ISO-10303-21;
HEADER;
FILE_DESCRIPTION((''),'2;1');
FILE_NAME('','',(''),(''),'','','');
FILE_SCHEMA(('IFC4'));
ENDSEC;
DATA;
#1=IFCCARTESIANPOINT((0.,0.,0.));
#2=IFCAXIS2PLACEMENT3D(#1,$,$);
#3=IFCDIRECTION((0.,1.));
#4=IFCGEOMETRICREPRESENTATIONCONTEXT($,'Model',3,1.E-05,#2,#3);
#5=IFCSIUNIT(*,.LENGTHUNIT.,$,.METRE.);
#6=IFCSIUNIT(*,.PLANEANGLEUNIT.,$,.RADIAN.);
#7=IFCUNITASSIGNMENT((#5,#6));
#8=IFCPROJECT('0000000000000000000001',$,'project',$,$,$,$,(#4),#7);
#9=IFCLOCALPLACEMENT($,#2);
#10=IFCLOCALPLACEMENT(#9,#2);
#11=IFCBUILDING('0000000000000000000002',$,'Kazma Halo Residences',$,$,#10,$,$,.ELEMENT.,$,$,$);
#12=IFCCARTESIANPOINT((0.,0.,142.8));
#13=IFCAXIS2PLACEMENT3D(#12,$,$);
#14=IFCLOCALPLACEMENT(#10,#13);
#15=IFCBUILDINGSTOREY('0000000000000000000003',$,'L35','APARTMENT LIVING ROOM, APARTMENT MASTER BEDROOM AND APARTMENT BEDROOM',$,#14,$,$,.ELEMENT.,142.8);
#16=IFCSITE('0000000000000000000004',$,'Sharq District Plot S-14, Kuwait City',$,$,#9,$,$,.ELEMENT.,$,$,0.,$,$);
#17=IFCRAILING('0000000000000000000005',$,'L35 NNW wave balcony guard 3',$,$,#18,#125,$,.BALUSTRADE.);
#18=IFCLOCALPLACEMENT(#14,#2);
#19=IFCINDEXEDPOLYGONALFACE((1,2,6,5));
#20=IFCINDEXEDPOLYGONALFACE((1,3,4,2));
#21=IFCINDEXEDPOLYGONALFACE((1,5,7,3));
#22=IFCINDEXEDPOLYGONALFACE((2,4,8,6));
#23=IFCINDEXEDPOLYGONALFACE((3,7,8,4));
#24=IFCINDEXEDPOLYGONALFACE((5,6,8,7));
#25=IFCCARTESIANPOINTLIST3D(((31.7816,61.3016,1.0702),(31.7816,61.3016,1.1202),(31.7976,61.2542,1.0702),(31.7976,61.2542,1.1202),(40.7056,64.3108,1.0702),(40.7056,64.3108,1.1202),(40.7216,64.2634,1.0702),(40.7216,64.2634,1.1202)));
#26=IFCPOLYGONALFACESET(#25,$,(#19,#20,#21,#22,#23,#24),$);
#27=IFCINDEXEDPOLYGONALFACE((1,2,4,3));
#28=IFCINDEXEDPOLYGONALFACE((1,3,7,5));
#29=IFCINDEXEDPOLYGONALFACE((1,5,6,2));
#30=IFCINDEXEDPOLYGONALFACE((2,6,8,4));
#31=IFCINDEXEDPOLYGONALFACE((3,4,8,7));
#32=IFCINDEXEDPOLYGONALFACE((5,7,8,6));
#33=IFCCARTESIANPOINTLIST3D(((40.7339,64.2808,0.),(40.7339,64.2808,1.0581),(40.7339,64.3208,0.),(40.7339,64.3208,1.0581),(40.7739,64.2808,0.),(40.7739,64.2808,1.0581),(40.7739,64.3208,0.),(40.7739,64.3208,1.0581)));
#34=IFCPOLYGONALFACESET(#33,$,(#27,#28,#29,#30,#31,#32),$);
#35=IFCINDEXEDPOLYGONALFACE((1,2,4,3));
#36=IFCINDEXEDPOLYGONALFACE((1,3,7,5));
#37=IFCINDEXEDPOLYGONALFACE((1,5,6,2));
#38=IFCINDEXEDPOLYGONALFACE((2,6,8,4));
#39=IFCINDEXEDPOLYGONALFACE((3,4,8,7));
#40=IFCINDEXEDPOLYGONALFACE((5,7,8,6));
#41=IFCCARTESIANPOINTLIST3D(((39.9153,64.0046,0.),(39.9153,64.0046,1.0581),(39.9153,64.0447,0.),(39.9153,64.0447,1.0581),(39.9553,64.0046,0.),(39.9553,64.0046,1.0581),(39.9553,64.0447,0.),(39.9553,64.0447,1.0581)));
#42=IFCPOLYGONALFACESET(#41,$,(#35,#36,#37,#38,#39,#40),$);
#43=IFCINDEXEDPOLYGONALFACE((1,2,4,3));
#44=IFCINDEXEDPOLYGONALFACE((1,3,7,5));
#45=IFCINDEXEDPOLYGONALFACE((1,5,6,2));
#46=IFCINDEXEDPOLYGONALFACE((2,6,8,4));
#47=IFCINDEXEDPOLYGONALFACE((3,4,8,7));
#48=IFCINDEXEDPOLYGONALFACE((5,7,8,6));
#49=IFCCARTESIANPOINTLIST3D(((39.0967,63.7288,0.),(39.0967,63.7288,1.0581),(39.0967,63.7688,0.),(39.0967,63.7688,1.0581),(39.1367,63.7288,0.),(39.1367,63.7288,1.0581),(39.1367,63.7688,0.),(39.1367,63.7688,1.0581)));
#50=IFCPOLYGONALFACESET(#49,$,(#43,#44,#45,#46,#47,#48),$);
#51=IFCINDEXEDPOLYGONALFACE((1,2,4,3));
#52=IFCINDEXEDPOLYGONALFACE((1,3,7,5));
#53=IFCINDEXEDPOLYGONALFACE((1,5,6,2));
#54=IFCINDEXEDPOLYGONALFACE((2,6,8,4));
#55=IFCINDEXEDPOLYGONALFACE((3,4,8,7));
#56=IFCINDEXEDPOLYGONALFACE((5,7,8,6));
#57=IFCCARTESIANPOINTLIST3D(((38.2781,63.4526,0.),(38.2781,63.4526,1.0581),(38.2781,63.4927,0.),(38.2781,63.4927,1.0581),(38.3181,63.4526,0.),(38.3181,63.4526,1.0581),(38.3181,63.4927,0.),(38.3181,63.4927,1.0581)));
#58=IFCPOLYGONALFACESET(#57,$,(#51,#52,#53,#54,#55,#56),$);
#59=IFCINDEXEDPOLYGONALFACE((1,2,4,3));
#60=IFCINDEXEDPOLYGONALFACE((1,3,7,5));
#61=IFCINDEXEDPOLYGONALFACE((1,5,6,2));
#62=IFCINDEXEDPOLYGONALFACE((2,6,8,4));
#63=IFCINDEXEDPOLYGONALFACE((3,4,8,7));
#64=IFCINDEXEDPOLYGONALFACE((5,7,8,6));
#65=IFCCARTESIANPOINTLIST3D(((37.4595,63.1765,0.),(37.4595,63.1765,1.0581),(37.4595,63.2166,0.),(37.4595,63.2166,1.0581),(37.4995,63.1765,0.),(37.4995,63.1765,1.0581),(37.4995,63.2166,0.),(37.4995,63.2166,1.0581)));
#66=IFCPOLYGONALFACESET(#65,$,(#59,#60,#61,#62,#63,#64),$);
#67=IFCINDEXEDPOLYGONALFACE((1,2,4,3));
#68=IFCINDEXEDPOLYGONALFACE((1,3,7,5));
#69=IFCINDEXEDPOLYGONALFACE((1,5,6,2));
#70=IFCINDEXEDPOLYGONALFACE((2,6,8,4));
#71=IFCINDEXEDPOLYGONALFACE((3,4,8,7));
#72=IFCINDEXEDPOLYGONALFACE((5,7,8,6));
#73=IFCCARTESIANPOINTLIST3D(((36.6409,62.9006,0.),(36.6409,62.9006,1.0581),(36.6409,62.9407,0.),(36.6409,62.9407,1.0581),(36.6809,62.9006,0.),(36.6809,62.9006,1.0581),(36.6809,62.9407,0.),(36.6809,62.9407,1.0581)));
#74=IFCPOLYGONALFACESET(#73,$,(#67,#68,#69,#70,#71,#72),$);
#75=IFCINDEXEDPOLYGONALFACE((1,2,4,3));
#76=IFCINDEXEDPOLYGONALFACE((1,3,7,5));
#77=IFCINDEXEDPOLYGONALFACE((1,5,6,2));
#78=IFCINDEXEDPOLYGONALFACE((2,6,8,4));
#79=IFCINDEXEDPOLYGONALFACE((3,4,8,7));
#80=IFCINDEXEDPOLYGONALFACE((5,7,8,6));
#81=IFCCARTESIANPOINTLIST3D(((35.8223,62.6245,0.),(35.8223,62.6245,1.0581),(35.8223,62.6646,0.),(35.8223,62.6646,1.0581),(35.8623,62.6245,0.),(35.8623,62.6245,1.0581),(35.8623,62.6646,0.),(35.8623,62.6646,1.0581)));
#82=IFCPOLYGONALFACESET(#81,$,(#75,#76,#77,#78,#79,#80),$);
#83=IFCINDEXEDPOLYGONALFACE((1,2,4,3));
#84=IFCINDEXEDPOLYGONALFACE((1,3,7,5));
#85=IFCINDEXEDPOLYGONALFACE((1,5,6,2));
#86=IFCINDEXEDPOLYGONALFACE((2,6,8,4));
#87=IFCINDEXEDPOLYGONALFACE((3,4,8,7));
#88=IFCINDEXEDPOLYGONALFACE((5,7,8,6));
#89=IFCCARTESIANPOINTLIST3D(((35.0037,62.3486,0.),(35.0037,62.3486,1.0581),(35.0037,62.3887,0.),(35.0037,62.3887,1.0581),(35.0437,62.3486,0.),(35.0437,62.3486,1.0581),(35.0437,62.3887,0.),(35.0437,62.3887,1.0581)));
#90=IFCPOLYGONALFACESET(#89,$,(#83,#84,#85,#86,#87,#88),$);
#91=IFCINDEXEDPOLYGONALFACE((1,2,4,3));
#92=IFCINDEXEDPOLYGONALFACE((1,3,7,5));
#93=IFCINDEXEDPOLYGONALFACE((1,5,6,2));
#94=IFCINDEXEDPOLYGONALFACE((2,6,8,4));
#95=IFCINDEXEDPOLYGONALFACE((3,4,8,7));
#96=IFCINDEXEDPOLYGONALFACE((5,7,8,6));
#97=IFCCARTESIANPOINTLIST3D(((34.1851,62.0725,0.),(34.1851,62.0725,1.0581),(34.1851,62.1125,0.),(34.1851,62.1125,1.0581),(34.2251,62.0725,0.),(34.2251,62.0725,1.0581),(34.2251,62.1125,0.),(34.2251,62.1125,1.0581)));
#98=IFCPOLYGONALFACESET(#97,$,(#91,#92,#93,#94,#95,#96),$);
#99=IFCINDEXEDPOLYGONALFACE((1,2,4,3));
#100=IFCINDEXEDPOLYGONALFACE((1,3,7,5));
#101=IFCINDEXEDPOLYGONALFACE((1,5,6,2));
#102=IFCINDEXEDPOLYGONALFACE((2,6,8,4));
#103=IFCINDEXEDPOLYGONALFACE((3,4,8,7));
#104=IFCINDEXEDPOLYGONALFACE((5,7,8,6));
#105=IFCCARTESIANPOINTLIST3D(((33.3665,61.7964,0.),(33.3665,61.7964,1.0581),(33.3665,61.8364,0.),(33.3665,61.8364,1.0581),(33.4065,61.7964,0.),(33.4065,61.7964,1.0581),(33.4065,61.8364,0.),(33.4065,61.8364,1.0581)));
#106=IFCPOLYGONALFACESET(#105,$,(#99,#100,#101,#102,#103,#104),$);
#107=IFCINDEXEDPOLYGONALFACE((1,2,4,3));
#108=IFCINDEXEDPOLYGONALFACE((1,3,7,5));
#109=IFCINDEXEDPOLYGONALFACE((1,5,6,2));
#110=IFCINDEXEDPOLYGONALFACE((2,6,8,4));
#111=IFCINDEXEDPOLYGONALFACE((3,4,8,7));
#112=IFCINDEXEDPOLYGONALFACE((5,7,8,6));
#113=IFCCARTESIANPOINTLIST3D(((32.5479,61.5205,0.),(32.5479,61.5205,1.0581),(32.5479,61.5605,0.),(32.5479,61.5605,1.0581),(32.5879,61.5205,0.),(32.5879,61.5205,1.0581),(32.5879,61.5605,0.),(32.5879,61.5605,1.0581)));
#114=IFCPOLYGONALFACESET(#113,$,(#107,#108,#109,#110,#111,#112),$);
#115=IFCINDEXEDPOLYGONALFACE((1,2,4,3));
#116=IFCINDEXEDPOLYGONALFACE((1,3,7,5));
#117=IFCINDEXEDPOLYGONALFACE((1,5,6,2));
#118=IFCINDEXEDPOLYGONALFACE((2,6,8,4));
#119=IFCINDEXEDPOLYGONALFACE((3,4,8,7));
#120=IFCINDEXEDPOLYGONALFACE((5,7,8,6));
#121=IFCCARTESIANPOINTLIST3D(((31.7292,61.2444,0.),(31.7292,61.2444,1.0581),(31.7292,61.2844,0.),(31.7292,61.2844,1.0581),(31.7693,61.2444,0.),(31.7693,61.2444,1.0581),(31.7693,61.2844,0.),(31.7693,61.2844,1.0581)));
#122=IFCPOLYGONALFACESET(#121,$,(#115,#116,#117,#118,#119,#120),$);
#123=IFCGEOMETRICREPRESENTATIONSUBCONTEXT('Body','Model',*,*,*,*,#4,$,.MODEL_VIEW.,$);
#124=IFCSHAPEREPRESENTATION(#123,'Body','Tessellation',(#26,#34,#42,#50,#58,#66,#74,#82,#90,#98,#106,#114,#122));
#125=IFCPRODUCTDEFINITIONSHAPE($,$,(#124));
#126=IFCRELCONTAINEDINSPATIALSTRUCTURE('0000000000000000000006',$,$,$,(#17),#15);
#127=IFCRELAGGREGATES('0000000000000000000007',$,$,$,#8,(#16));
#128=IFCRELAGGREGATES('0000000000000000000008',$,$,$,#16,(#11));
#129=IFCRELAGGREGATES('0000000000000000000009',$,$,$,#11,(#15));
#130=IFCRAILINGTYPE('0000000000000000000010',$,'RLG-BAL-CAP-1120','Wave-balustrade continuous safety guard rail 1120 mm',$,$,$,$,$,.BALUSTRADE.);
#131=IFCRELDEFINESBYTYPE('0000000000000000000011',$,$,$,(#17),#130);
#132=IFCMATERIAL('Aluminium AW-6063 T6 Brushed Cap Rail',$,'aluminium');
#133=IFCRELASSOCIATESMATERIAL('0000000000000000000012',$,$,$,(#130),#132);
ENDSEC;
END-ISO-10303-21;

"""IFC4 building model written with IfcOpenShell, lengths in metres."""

from ifc_helpers import new_model, si_unit, direction, frame, origin, origin_2d, place, context, subcontext, project, spatial, rectangle, extrude, material, type_object, element, save


model = new_model("IFC4")

# Units and contexts
model_context = context("Model", 3, precision=1e-05, world=origin(), true_north=direction((0.0, 1.0)))
body_context = subcontext(model_context, "Body", "Model", "MODEL_VIEW")
ifc_project = project(units=[si_unit("LENGTHUNIT", "METRE"), si_unit("PLANEANGLEUNIT", "RADIAN")], contexts=[model_context])

# Site, building, storey
site_placement = place(None, origin())
site = spatial("IfcSite", under=ifc_project, at=site_placement, Name="Sharq District Plot S-14, Kuwait City", CompositionType="ELEMENT", RefElevation=0.0)
building_placement = place(site_placement, origin())
building = spatial("IfcBuilding", under=site, at=building_placement, Name="Kazma Halo Residences", CompositionType="ELEMENT")
storey_placement = place(building_placement, frame((0.0, 0.0, 142.8)))
storey = spatial("IfcBuildingStorey", under=building, at=storey_placement, Name="L35", Description="APARTMENT LIVING ROOM, APARTMENT MASTER BEDROOM AND APARTMENT BEDROOM", CompositionType="ELEMENT", Elevation=142.8)

# Railing
ifc_material_1 = material(Name="Aluminium AW-6063 T6 Brushed Cap Rail", Category="aluminium")
railing_type = type_object("IfcRailingType", Name="RLG-BAL-CAP-1120", Description="Wave-balustrade continuous safety guard rail 1120 mm", PredefinedType="BALUSTRADE", material=ifc_material_1)
railing_placement = place(storey_placement, frame((40.7539, 64.3008, 0.0)))
element("IfcRailing", 1, at=railing_placement, inside=storey, type_object=railing_type, Name="L35 NNW wave balcony guard 3", PredefinedType="BALUSTRADE", context=body_context, shape_type="SweptSolid", body=[
    extrude(rectangle(XDim=0.05, YDim=0.05, at=origin_2d()), frame((-0.0403, -0.0137, 1.0952), z_axis=(-0.947578, -0.319525, 0.0), x_axis=(0.319525, -0.947578, 0.0)), (0.0, 0.0, 1.0), 9.4177),
    extrude(rectangle(XDim=0.04, YDim=0.04, at=origin_2d()), origin(), (0.0, 0.0, 1.0), 1.0581),
    extrude(rectangle(XDim=0.04, YDim=0.04, at=origin_2d()), frame((-0.8186, -0.2761, 0.0)), (0.0, 0.0, 1.0), 1.0581),
    extrude(rectangle(XDim=0.04, YDim=0.04, at=origin_2d()), frame((-1.6372, -0.552, 0.0)), (0.0, 0.0, 1.0), 1.0581),
    extrude(rectangle(XDim=0.04, YDim=0.04, at=origin_2d()), frame((-2.4558, -0.8281, 0.0)), (0.0, 0.0, 1.0), 1.0581),
    extrude(rectangle(XDim=0.04, YDim=0.04, at=origin_2d()), frame((-3.2744, -1.1042, 0.0)), (0.0, 0.0, 1.0), 1.0581),
    extrude(rectangle(XDim=0.04, YDim=0.04, at=origin_2d()), frame((-4.093, -1.3801, 0.0)), (0.0, 0.0, 1.0), 1.0581),
    extrude(rectangle(XDim=0.04, YDim=0.04, at=origin_2d()), frame((-4.9116, -1.6562, 0.0)), (0.0, 0.0, 1.0), 1.0581),
    extrude(rectangle(XDim=0.04, YDim=0.04, at=origin_2d()), frame((-5.7302, -1.9321, 0.0)), (0.0, 0.0, 1.0), 1.0581),
    extrude(rectangle(XDim=0.04, YDim=0.04, at=origin_2d()), frame((-6.5488, -2.2083, 0.0)), (0.0, 0.0, 1.0), 1.0581),
    extrude(rectangle(XDim=0.04, YDim=0.04, at=origin_2d()), frame((-7.3674, -2.4844, 0.0)), (0.0, 0.0, 1.0), 1.0581),
    extrude(rectangle(XDim=0.04, YDim=0.04, at=origin_2d()), frame((-8.186, -2.7603, 0.0)), (0.0, 0.0, 1.0), 1.0581),
    extrude(rectangle(XDim=0.04, YDim=0.04, at=origin_2d()), frame((-9.0046, -3.0364, 0.0)), (0.0, 0.0, 1.0), 1.0581),
])

save(model, "model.ifc")
